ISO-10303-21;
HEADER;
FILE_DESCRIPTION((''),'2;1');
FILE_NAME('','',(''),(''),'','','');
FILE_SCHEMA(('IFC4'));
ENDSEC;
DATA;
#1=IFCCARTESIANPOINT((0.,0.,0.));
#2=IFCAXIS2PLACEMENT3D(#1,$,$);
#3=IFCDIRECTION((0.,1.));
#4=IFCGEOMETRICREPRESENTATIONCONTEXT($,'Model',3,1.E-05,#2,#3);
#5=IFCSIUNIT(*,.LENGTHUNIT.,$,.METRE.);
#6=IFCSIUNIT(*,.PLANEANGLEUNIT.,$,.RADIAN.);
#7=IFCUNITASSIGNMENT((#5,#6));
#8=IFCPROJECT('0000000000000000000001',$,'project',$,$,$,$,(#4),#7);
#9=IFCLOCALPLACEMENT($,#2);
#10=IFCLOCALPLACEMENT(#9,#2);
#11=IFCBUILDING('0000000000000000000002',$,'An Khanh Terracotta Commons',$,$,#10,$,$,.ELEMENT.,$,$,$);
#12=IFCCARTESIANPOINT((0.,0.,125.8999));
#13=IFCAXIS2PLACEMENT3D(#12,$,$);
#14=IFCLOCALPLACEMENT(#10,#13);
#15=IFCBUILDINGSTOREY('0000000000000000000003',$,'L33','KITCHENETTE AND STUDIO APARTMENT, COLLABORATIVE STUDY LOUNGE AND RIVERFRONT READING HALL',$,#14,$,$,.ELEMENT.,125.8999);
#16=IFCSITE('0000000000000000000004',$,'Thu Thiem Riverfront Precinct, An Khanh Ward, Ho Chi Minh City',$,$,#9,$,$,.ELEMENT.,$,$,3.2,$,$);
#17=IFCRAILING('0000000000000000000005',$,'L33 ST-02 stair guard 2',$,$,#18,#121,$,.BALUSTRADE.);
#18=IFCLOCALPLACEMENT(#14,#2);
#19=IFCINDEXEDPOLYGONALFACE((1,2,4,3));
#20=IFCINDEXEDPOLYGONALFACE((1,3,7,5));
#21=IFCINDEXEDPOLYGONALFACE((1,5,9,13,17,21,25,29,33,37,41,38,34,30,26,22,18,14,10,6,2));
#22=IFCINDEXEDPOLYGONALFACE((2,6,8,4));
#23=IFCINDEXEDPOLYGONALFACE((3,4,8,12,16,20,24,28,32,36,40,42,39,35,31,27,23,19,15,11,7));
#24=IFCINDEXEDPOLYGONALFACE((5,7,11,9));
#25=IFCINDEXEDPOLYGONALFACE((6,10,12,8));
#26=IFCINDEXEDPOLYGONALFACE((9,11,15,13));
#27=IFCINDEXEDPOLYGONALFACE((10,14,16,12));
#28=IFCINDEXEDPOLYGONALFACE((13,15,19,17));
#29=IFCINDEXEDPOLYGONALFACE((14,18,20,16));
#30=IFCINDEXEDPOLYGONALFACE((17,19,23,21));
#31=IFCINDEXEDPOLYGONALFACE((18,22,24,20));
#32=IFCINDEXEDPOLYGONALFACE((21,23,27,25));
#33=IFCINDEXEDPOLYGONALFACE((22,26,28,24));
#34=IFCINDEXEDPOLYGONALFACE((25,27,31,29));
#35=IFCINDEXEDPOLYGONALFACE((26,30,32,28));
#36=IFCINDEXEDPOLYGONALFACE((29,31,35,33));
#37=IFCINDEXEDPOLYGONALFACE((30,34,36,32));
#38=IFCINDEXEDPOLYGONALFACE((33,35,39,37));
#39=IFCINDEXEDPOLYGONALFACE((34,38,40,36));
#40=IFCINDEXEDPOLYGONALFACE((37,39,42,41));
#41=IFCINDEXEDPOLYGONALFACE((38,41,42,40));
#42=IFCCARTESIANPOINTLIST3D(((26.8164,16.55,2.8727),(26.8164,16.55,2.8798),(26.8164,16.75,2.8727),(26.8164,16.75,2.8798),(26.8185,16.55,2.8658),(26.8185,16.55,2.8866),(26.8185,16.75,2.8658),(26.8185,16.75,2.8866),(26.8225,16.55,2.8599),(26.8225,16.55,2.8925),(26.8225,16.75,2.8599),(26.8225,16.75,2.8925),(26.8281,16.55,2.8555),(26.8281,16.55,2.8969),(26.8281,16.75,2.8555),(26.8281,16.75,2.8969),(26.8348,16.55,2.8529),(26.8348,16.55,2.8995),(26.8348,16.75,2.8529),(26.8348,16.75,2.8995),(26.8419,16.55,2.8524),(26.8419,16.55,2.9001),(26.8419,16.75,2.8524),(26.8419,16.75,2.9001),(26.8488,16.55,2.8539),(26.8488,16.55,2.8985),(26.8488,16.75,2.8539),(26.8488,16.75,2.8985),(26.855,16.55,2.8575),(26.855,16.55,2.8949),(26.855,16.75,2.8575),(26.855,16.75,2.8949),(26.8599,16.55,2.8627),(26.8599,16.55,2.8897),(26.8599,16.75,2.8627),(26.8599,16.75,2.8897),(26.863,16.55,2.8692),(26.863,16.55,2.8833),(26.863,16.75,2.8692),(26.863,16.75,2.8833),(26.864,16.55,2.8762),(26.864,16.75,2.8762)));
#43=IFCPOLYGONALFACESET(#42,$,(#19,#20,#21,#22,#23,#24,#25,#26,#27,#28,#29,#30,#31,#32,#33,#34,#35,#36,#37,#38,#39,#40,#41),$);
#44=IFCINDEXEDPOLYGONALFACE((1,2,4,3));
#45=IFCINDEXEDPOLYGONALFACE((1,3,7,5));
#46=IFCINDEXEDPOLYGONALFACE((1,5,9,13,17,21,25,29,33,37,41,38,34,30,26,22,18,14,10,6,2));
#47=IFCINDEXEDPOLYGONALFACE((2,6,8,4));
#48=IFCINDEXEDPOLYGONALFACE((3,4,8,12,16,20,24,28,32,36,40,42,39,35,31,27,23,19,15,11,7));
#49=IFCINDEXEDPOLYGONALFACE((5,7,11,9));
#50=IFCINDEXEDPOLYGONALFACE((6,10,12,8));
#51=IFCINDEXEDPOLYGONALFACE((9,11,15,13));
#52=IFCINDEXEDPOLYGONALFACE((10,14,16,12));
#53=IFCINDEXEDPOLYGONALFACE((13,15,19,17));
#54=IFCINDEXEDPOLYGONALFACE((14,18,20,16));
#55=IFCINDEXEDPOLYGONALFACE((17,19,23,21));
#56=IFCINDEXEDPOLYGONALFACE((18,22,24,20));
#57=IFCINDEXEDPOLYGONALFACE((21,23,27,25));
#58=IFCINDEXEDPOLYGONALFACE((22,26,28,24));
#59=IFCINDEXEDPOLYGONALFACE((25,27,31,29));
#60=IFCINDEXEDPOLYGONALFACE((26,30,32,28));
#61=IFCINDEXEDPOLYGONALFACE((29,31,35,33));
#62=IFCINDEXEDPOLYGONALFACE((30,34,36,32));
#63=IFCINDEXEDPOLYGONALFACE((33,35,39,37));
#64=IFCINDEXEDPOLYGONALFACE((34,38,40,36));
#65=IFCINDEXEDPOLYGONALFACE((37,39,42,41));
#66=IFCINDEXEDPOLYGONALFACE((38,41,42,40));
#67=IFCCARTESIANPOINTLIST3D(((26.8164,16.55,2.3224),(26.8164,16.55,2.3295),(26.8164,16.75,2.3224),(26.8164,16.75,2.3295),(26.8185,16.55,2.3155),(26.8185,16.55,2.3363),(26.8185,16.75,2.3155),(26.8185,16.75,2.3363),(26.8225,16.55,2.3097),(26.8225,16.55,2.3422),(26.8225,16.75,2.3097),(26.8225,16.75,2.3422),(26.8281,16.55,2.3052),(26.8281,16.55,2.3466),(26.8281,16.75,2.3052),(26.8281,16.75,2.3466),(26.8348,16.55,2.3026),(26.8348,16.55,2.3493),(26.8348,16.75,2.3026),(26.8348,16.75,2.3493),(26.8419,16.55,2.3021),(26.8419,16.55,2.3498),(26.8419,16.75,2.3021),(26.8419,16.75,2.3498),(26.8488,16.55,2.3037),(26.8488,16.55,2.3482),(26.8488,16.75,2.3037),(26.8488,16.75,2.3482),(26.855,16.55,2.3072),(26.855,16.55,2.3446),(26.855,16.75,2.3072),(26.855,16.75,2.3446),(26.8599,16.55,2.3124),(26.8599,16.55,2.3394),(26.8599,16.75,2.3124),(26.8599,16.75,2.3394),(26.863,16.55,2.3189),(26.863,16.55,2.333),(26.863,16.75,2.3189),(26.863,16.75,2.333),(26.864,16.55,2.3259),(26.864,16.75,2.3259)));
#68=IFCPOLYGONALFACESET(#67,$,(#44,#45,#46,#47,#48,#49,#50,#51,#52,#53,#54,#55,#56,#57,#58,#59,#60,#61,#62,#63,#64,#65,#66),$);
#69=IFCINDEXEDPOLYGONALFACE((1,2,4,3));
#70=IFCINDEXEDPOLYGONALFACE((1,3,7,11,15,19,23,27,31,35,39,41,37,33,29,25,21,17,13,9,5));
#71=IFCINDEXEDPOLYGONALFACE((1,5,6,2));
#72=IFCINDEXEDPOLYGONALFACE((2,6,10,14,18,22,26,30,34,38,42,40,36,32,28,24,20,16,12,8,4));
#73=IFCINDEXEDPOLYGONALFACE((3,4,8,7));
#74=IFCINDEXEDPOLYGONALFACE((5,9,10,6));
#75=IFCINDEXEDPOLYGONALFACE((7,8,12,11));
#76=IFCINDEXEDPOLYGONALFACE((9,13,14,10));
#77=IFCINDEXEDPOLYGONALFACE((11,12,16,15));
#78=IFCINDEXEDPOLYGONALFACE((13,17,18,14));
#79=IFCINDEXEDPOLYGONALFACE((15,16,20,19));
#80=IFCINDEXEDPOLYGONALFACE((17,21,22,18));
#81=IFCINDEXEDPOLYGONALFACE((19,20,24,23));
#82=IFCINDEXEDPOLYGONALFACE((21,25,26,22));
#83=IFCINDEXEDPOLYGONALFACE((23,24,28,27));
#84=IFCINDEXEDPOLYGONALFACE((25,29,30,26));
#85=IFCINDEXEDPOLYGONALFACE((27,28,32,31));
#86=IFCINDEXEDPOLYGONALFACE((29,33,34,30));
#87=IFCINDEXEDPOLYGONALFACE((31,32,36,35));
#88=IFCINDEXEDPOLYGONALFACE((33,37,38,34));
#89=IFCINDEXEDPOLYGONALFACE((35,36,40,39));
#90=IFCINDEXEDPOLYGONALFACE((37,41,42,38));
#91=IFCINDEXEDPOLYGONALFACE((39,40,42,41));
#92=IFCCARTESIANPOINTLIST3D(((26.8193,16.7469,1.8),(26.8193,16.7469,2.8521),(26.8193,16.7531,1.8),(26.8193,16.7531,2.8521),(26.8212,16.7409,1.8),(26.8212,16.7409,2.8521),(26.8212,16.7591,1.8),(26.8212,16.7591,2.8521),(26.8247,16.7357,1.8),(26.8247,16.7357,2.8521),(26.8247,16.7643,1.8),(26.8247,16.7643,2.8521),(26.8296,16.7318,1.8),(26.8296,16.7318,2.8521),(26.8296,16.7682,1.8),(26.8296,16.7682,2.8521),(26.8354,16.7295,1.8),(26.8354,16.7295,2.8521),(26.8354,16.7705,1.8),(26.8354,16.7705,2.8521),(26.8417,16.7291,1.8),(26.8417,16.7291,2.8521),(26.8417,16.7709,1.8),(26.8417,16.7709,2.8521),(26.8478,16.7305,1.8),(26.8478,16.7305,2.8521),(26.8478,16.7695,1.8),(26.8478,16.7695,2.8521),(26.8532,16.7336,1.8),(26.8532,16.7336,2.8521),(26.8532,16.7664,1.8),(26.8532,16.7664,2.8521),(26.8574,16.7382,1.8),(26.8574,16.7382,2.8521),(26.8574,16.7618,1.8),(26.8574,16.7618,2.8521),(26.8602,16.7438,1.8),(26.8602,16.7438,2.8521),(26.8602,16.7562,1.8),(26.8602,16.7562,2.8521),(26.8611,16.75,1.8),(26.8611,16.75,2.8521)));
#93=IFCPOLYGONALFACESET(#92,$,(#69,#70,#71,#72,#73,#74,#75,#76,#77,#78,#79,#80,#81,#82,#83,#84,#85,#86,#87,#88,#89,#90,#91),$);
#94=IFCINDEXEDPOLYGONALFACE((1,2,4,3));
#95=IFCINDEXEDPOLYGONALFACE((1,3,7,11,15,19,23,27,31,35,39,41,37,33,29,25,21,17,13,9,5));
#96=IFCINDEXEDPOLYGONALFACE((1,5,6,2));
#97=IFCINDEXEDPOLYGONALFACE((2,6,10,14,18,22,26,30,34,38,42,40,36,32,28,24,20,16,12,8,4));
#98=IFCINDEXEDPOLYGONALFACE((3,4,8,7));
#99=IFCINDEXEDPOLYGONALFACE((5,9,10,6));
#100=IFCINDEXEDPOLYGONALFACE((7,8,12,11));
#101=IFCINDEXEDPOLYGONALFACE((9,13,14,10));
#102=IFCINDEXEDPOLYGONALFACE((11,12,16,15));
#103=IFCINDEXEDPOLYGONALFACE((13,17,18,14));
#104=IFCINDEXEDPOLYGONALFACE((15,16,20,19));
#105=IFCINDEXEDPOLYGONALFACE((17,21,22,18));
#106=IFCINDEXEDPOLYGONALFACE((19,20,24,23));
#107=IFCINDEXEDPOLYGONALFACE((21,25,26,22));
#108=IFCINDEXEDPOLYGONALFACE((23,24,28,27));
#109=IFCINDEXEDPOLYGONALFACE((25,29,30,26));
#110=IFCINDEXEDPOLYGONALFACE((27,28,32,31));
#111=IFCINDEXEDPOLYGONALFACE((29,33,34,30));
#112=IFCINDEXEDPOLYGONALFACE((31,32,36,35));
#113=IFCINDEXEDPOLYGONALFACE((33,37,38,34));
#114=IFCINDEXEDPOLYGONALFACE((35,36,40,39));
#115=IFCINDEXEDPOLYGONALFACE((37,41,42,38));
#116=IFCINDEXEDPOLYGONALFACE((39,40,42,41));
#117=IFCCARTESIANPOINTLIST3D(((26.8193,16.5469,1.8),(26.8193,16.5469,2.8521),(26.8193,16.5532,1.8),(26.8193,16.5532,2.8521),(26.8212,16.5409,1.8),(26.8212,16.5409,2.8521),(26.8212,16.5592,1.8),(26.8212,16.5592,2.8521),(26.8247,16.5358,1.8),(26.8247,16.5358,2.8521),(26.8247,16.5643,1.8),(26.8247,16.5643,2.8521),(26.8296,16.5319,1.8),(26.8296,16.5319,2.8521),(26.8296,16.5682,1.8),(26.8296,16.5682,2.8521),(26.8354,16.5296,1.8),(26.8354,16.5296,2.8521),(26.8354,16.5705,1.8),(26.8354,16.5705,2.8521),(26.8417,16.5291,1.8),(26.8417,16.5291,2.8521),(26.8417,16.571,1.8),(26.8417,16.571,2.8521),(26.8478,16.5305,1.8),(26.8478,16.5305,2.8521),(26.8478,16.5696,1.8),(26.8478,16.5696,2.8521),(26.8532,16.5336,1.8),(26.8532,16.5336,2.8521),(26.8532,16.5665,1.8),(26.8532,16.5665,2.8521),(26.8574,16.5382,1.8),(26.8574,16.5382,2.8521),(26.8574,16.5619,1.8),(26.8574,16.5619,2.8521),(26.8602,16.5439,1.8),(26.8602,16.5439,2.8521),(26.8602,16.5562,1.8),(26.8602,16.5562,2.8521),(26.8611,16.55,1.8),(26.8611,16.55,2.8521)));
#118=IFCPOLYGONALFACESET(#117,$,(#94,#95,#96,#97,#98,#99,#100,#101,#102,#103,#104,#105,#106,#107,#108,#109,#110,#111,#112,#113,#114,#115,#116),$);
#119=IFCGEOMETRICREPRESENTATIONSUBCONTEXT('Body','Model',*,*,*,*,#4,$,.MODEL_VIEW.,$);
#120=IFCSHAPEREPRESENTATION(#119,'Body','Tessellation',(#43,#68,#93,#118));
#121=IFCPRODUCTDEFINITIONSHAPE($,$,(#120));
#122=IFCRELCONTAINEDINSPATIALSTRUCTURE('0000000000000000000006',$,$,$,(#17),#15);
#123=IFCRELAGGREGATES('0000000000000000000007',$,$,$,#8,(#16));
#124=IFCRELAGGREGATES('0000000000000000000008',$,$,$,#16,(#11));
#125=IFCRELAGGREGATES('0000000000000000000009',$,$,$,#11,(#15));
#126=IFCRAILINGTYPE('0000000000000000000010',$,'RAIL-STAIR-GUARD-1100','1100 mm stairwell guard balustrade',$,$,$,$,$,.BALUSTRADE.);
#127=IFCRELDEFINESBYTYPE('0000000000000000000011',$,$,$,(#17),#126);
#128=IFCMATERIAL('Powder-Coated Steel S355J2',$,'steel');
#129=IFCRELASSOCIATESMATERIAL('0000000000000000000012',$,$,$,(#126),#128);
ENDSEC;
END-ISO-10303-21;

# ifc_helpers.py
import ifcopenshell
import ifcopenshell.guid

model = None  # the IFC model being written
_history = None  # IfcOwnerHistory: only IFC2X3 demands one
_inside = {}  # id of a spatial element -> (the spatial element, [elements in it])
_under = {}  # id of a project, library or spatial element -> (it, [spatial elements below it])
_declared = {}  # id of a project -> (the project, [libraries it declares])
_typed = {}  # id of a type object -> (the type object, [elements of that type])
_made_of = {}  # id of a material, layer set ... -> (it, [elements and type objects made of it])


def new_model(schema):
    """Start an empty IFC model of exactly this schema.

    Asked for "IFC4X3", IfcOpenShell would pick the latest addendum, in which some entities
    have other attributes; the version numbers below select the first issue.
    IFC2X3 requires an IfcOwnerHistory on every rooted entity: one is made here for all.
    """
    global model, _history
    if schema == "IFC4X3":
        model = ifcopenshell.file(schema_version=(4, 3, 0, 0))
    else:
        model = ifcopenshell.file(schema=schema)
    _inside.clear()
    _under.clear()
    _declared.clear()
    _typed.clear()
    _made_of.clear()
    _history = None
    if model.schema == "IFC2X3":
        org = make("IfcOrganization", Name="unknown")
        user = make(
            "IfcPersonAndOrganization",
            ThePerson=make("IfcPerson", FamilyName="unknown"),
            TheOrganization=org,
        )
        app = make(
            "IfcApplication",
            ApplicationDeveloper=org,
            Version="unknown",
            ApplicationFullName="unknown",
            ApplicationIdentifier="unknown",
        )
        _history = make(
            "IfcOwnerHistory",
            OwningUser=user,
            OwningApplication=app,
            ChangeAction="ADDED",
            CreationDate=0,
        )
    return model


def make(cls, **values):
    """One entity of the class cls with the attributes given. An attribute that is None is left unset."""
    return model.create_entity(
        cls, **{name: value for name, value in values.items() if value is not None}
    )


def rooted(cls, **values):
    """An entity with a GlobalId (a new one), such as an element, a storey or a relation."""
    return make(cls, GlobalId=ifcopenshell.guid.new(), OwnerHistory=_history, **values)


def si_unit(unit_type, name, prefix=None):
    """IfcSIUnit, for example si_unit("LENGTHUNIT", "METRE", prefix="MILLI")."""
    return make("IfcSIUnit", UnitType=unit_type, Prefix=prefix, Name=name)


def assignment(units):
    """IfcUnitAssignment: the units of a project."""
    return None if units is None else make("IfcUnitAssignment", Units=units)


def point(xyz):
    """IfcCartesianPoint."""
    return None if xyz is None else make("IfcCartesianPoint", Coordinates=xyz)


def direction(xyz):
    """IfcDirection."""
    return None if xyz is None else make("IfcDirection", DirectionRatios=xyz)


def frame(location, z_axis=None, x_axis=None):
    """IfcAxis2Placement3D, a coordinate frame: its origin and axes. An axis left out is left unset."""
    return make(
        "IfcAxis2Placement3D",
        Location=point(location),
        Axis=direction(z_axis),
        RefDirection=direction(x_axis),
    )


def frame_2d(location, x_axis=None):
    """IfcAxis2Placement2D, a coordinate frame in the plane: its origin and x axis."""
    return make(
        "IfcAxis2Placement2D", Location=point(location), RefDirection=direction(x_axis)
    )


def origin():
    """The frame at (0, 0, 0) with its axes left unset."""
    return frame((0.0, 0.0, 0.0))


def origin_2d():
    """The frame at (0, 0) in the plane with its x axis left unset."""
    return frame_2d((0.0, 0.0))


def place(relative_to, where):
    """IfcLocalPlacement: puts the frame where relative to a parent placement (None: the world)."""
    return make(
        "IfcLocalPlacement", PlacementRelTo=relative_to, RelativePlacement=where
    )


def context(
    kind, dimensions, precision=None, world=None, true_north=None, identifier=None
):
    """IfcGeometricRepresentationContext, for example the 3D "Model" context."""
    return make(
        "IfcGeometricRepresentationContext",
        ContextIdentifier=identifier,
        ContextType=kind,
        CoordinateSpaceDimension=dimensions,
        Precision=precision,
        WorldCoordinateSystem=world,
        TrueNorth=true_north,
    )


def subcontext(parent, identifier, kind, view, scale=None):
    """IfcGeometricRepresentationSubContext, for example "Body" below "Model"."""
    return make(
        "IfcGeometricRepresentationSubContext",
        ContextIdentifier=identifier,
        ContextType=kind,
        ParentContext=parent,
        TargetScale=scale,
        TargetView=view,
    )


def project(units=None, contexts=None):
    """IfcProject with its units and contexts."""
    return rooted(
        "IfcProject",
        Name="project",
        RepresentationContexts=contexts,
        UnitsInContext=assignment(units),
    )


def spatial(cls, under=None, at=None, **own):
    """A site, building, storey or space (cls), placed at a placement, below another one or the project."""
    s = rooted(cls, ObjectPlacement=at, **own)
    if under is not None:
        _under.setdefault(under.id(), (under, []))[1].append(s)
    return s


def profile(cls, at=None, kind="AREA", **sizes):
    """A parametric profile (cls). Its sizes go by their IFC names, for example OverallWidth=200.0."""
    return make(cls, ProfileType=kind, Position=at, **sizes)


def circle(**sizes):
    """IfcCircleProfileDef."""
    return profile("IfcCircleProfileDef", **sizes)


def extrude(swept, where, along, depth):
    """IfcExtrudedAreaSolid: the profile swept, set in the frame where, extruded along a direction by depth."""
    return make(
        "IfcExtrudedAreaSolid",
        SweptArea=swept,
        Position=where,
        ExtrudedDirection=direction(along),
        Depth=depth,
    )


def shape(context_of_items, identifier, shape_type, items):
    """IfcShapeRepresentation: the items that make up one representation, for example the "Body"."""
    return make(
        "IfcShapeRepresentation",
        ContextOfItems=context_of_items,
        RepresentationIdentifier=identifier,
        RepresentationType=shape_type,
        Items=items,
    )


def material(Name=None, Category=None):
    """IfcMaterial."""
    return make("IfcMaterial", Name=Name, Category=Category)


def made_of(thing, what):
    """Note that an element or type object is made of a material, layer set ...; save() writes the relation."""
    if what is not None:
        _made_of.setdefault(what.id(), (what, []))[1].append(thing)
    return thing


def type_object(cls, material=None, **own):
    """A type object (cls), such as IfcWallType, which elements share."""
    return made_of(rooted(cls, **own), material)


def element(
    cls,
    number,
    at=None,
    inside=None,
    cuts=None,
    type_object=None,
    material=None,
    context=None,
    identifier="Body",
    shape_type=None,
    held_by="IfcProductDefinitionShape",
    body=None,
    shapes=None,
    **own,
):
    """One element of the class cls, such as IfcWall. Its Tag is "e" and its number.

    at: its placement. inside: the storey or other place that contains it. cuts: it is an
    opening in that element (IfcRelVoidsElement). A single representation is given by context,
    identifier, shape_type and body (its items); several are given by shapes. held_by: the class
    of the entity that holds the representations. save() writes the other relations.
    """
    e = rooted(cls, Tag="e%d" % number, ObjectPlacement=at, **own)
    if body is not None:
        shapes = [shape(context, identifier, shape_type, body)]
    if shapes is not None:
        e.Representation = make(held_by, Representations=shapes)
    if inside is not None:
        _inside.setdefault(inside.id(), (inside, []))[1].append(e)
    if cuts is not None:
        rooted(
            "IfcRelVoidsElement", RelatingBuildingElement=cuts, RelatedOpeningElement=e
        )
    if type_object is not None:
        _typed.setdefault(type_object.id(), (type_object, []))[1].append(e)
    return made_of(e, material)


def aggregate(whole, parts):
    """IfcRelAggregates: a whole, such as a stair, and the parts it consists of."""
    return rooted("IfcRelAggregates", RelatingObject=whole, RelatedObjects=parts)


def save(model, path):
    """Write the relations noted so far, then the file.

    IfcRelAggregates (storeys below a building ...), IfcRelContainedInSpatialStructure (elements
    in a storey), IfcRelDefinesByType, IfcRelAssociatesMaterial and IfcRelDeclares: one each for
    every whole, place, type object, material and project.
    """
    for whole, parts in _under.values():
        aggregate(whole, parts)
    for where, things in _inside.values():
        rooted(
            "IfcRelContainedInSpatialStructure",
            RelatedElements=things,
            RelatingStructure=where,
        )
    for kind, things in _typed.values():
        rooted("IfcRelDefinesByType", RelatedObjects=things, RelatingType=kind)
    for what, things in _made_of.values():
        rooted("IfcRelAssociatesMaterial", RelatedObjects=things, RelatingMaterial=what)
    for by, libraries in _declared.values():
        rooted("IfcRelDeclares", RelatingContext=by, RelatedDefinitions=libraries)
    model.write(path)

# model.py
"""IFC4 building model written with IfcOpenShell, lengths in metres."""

from ifc_helpers import new_model, si_unit, direction, frame, origin, origin_2d, place, context, subcontext, project, spatial, circle, extrude, material, type_object, element, save


model = new_model("IFC4")

# Units and contexts
model_context = context("Model", 3, precision=1e-05, world=origin(), true_north=direction((0.0, 1.0)))
body_context = subcontext(model_context, "Body", "Model", "MODEL_VIEW")
ifc_project = project(units=[si_unit("LENGTHUNIT", "METRE"), si_unit("PLANEANGLEUNIT", "RADIAN")], contexts=[model_context])

# Site, building, storey
site_placement = place(None, origin())
site = spatial("IfcSite", under=ifc_project, at=site_placement, Name="Thu Thiem Riverfront Precinct, An Khanh Ward, Ho Chi Minh City", CompositionType="ELEMENT", RefElevation=3.2)
building_placement = place(site_placement, origin())
building = spatial("IfcBuilding", under=site, at=building_placement, Name="An Khanh Terracotta Commons", CompositionType="ELEMENT")
storey_placement = place(building_placement, frame((0.0, 0.0, 125.8999)))
storey = spatial("IfcBuildingStorey", under=building, at=storey_placement, Name="L33", Description="KITCHENETTE AND STUDIO APARTMENT, COLLABORATIVE STUDY LOUNGE AND RIVERFRONT READING HALL", CompositionType="ELEMENT", Elevation=125.8999)

# Railing
ifc_material_1 = material(Name="Powder-Coated Steel S355J2", Category="steel")
railing_type_1 = type_object("IfcRailingType", Name="RAIL-STAIR-GUARD-1100", Description="1100 mm stairwell guard balustrade", PredefinedType="BALUSTRADE", material=ifc_material_1)
railing_1_placement = place(storey_placement, frame((26.8401, 16.75, 1.8)))
element("IfcRailing", 1, at=railing_1_placement, inside=storey, type_object=railing_type_1, Name="L33 ST-02 stair guard 2", PredefinedType="BALUSTRADE", context=body_context, shape_type="SweptSolid", body=[
    extrude(circle(Radius=0.0239, at=origin_2d()), frame((0.0, 0.0, 1.0762), z_axis=(0.0, -1.0, 0.0), x_axis=(1.0, 0.0, 0.0)), (0.0, 0.0, 1.0), 0.2),
    extrude(circle(Radius=0.0239, at=origin_2d()), frame((0.0, 0.0, 0.5259), z_axis=(0.0, -1.0, 0.0), x_axis=(1.0, 0.0, 0.0)), (0.0, 0.0, 1.0), 0.2),
    extrude(circle(Radius=0.021, at=origin_2d()), origin(), (0.0, 0.0, 1.0), 1.052),
    extrude(circle(Radius=0.021, at=origin_2d()), frame((0.0, -0.2, 0.0)), (0.0, 0.0, 1.0), 1.052),
])

save(model, "model.ifc")
